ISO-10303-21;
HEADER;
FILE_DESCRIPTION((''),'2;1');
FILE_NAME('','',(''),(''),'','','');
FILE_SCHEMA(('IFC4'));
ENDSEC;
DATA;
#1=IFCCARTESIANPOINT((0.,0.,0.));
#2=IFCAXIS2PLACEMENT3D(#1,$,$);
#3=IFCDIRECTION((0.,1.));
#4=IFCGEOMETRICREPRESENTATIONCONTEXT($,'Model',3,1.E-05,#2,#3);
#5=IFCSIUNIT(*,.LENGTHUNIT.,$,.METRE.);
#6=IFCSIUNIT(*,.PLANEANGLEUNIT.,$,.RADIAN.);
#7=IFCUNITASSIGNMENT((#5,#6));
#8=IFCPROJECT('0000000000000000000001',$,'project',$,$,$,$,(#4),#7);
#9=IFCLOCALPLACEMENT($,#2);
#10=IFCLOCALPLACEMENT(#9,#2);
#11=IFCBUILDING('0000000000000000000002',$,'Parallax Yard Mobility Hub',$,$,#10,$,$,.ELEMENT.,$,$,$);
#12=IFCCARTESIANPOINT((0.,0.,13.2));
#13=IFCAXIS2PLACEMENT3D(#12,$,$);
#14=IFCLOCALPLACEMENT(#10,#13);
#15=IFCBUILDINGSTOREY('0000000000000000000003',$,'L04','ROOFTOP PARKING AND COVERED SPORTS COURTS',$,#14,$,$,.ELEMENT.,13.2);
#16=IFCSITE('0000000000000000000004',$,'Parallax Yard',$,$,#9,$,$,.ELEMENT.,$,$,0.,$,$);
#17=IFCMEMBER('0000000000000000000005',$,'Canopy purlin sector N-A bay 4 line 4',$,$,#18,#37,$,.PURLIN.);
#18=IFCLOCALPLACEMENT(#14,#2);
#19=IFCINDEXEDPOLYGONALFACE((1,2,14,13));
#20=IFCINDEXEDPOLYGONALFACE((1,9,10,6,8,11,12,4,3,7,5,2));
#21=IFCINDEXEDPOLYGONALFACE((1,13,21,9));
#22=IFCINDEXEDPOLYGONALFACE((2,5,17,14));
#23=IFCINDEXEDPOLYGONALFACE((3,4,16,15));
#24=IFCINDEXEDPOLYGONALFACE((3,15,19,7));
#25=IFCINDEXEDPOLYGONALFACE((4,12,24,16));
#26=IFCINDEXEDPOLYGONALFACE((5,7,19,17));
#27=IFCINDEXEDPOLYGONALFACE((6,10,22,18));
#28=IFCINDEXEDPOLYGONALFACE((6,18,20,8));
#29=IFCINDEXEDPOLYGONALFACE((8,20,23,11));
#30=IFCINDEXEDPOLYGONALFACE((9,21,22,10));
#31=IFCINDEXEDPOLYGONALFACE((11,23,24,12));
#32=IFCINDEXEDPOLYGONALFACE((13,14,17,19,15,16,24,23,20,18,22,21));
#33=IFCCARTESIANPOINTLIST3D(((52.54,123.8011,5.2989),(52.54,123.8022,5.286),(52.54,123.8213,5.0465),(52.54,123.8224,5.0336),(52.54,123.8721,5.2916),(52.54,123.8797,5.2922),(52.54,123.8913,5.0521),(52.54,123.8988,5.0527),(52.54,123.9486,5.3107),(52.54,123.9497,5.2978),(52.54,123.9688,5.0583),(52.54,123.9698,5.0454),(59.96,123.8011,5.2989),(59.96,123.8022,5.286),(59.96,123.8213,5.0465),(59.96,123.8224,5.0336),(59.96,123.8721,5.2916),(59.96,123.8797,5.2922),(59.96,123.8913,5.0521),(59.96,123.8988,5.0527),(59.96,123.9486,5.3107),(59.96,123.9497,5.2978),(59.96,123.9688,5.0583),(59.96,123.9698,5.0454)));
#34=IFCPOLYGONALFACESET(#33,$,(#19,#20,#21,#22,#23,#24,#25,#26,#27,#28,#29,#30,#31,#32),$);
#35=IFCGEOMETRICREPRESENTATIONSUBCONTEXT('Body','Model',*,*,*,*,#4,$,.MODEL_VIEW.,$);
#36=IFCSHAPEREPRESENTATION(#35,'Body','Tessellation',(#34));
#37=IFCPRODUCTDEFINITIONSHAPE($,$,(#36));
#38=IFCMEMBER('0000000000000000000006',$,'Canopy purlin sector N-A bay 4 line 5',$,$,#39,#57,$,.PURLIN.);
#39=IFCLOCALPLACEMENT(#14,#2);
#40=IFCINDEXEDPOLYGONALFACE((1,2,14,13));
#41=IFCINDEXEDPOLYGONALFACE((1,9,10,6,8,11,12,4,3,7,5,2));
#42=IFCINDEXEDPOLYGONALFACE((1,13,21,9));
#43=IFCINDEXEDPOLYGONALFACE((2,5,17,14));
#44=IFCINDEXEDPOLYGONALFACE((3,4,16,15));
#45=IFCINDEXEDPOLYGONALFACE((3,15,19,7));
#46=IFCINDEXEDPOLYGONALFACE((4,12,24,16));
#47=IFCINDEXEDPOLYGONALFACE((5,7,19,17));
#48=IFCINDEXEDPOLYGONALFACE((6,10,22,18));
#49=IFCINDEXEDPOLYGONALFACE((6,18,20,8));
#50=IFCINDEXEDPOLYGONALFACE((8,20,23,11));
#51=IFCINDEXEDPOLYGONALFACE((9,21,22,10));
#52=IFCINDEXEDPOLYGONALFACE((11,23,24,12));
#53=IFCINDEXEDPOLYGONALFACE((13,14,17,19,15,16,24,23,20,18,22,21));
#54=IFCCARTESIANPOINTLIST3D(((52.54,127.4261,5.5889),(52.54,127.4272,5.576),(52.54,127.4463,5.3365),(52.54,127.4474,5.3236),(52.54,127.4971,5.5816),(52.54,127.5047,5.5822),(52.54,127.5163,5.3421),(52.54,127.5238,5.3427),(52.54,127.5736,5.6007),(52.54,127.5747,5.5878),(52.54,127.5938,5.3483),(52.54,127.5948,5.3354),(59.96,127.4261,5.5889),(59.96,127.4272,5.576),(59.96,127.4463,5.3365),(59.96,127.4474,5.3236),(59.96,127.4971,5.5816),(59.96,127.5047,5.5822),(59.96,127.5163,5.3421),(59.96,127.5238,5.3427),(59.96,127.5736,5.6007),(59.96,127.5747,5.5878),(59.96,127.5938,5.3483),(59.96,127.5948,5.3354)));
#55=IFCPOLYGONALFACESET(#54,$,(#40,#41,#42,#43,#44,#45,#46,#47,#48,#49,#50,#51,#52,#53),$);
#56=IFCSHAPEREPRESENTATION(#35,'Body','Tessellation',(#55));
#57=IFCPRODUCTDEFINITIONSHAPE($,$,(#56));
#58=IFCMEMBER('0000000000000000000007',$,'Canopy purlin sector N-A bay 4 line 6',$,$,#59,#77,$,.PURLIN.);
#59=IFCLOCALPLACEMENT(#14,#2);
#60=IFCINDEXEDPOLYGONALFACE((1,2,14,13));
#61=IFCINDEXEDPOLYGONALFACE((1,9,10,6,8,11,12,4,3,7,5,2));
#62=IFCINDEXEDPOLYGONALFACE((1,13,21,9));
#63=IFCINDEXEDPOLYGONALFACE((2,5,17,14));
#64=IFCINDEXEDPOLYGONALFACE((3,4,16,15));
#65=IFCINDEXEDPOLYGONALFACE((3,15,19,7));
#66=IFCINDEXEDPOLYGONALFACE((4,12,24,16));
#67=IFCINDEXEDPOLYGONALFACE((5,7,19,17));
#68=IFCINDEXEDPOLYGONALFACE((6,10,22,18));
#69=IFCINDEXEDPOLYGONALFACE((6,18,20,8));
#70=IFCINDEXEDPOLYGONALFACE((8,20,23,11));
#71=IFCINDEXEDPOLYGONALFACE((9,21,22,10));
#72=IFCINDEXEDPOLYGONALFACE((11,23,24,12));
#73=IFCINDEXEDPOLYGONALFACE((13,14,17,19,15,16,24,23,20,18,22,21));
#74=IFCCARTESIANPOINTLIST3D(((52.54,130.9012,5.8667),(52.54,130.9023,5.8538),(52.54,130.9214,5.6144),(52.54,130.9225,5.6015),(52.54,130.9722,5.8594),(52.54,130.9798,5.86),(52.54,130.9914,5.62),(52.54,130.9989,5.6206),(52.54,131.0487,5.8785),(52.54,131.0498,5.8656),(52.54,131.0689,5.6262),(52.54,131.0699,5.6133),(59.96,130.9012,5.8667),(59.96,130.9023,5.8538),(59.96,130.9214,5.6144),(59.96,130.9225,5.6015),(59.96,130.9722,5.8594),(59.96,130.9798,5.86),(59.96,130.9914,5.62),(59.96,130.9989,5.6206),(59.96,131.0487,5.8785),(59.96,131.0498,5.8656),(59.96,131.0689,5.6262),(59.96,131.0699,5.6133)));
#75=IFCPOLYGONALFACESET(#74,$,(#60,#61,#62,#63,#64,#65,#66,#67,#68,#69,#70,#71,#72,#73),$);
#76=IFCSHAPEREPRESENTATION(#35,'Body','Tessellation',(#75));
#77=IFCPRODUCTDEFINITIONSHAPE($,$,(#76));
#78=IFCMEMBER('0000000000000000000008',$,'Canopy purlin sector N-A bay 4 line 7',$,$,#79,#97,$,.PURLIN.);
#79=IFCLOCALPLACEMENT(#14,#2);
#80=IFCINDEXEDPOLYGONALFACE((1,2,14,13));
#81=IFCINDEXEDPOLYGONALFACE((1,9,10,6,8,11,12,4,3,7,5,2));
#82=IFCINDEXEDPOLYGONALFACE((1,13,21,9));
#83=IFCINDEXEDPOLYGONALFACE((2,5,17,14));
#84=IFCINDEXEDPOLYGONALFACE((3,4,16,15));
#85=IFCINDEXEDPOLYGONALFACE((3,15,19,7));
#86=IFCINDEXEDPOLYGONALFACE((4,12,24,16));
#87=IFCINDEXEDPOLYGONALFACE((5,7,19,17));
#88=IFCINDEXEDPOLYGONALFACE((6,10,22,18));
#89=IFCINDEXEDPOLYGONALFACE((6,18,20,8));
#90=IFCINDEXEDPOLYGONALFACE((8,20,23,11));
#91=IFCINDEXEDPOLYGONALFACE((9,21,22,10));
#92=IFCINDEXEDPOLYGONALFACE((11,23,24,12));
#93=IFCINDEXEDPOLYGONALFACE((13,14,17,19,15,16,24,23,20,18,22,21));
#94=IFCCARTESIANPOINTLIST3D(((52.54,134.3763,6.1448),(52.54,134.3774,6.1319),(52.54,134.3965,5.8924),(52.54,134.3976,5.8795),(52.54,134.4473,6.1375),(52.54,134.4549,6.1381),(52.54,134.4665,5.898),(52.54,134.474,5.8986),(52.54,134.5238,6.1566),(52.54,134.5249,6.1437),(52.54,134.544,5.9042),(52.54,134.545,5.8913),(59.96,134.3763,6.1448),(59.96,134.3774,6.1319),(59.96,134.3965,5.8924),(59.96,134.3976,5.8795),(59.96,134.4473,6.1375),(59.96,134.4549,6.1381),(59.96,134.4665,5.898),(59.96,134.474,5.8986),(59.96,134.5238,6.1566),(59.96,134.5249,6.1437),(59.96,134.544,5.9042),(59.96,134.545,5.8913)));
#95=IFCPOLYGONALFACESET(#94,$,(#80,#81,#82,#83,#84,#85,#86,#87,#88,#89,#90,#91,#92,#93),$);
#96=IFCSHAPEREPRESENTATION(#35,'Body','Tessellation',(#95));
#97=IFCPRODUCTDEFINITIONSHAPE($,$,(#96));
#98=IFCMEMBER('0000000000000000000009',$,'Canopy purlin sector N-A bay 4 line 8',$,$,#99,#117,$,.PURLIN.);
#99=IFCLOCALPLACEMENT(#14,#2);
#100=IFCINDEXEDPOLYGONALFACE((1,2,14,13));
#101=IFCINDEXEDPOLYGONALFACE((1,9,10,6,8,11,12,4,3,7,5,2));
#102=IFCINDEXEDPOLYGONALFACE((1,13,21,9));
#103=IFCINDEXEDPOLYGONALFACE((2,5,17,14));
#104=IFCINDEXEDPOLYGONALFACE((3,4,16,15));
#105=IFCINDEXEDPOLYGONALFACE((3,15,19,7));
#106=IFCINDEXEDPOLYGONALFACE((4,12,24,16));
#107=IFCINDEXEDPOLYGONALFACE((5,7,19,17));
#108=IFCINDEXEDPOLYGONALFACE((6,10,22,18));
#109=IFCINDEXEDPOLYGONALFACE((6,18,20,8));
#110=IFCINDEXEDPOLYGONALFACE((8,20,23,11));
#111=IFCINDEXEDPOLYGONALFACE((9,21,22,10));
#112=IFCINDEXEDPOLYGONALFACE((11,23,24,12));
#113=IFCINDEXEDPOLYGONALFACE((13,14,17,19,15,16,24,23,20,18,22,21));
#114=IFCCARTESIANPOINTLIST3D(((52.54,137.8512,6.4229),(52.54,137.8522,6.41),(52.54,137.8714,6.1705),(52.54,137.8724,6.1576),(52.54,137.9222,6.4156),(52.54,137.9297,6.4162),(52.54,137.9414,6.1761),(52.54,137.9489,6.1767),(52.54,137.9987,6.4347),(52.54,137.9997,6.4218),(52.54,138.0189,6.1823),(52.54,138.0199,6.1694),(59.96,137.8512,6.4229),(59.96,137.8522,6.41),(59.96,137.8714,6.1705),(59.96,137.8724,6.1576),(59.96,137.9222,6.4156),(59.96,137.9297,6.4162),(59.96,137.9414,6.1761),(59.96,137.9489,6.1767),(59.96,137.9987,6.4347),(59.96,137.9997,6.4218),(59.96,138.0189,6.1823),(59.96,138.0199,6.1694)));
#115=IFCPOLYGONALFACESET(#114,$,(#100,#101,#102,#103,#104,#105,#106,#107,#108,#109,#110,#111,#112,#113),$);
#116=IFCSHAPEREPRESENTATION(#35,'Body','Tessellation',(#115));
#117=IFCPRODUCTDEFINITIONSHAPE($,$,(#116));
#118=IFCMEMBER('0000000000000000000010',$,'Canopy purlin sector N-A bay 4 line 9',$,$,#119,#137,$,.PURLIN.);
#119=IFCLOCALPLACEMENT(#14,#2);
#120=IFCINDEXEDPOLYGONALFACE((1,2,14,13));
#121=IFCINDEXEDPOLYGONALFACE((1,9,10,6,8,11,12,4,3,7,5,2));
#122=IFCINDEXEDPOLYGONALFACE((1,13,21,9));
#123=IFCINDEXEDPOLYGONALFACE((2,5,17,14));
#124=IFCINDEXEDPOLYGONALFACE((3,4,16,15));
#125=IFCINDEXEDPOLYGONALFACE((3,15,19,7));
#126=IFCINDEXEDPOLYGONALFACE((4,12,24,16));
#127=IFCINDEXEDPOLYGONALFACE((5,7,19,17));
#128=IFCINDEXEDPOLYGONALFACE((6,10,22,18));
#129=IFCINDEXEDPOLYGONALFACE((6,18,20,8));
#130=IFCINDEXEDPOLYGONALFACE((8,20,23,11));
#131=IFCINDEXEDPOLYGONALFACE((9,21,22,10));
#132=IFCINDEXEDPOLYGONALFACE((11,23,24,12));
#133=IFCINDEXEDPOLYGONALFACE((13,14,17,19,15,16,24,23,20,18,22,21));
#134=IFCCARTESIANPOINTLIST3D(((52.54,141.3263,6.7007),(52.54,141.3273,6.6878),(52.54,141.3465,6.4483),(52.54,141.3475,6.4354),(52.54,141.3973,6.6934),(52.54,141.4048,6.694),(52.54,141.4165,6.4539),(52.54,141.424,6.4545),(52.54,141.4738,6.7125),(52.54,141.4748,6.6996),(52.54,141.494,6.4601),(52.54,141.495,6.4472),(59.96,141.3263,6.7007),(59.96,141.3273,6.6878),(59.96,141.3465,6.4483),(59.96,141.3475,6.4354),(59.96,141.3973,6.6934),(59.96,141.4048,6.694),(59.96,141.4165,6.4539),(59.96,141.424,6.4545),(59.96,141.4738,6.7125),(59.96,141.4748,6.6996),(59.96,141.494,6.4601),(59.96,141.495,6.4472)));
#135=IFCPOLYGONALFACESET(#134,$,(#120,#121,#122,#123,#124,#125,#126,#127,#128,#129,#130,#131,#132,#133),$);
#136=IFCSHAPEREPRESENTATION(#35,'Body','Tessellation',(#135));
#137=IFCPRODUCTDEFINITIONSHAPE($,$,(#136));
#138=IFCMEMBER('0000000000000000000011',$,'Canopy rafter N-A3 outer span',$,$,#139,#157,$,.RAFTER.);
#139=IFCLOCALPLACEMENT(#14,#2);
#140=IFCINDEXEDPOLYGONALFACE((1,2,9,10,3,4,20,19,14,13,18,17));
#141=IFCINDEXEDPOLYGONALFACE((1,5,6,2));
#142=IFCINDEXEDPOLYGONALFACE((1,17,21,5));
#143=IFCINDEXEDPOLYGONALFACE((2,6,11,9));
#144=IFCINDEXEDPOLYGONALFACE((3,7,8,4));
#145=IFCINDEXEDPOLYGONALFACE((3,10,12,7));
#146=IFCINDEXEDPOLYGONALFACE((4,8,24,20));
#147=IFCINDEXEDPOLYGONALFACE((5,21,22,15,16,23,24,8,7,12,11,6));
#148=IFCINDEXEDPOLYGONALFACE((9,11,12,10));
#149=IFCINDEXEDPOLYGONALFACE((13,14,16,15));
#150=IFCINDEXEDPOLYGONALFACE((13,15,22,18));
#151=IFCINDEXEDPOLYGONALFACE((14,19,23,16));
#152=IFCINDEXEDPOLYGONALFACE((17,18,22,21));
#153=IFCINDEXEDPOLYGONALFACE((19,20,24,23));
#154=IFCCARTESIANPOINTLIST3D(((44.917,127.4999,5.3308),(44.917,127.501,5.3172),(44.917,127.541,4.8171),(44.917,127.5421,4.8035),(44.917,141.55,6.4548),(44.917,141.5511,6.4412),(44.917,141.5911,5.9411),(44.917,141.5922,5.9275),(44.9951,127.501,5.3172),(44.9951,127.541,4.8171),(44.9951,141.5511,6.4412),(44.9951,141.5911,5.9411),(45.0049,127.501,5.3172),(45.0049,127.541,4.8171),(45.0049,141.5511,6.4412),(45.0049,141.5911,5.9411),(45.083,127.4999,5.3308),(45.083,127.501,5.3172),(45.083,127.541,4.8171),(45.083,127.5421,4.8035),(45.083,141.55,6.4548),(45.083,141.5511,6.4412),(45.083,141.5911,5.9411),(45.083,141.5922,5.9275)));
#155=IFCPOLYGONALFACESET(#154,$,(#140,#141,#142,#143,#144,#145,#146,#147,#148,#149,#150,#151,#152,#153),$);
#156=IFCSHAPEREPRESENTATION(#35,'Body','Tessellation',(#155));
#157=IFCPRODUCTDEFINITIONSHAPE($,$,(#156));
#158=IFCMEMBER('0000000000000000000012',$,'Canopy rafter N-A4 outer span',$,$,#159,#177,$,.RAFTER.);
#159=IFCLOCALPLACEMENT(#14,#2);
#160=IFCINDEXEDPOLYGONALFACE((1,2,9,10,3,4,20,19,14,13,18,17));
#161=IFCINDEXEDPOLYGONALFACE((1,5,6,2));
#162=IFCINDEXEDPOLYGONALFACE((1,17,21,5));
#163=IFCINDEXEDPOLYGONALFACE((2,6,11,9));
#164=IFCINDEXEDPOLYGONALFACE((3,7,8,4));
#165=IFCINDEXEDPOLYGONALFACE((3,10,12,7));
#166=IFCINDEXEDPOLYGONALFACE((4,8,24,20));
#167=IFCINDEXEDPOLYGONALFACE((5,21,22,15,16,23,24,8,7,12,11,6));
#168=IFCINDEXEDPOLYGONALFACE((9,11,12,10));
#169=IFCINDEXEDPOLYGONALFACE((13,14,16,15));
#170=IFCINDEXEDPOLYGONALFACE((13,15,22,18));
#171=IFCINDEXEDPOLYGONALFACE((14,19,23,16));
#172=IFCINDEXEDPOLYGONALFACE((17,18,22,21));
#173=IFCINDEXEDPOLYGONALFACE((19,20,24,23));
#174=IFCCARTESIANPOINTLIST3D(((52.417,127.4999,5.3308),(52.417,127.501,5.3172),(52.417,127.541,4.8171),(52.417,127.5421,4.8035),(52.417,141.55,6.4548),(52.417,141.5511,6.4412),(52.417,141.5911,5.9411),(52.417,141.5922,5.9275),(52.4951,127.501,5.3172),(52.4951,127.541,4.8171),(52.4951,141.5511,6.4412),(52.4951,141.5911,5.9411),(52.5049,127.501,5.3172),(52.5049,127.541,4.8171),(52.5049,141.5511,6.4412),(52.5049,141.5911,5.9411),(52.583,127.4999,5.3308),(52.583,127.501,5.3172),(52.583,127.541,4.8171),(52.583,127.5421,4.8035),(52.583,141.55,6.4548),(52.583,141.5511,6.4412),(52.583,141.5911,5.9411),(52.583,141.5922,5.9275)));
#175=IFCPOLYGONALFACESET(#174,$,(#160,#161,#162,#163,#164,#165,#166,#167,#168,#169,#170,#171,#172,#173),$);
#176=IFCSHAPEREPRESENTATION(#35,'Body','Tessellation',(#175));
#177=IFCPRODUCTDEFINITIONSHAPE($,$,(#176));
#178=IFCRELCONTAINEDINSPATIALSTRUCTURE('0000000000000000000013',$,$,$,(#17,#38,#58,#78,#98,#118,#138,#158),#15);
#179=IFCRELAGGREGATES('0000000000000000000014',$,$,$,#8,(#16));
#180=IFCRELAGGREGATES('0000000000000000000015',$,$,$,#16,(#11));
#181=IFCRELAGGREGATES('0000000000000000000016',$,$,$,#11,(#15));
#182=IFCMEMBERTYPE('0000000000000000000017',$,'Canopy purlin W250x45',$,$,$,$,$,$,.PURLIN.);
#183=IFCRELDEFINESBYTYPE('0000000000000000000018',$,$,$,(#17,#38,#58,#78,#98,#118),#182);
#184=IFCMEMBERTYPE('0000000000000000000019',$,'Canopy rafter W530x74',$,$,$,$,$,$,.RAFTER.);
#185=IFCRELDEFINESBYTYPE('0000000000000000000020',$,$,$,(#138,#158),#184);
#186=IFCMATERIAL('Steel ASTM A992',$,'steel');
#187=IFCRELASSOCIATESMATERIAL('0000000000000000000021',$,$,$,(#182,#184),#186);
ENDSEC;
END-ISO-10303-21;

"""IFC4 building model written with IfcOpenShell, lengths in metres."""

from ifc_helpers import new_model, si_unit, direction, frame, origin, origin_2d, place, context, subcontext, project, spatial, i_section, extrude, material, material_profile, profile_set, type_object, element, save


model = new_model("IFC4")

# Units and contexts
model_context = context("Model", 3, precision=1e-05, world=origin(), true_north=direction((0.0, 1.0)))
body_context = subcontext(model_context, "Body", "Model", "MODEL_VIEW")
ifc_project = project(units=[si_unit("LENGTHUNIT", "METRE"), si_unit("PLANEANGLEUNIT", "RADIAN")], contexts=[model_context])

# Site, building, storey
site_placement = place(None, origin())
site = spatial("IfcSite", under=ifc_project, at=site_placement, Name="Parallax Yard", CompositionType="ELEMENT", RefElevation=0.0)
building_placement = place(site_placement, origin())
building = spatial("IfcBuilding", under=site, at=building_placement, Name="Parallax Yard Mobility Hub", CompositionType="ELEMENT")
storey_placement = place(building_placement, frame((0.0, 0.0, 13.2)))
storey = spatial("IfcBuildingStorey", under=building, at=storey_placement, Name="L04", Description="ROOFTOP PARKING AND COVERED SPORTS COURTS", CompositionType="ELEMENT", Elevation=13.2)

# Members
ifc_material_1 = material(Name="Steel ASTM A992", Category="steel")
ifc_material_profile_1 = material_profile(ifc_material_1, i_section(OverallWidth=0.1479, OverallDepth=0.2661, WebThickness=0.0076, FlangeThickness=0.0129, at=origin_2d()), Name="W250x45")
ifc_profile_set_1 = profile_set([ifc_material_profile_1], Name="Steel ASTM A992")
member_type_1 = type_object("IfcMemberType", Name="Canopy purlin W250x45", PredefinedType="PURLIN", material=ifc_profile_set_1)
for number, where, z_axis, x_axis, name in (
    (1, (52.54, 123.8855, 5.1721), (1.0, 0.0, 0.0), (0.0, 0.996815, 0.079745), "Canopy purlin sector N-A bay 4 line 4"),
    (2, (52.54, 127.5105, 5.4622), (1.0, 0.0, 0.0), (0.0, 0.996815, 0.079745), "Canopy purlin sector N-A bay 4 line 5"),
    (3, (52.54, 130.9856, 5.74), (1.0, 0.0, 0.0), (0.0, 0.996815, 0.079745), "Canopy purlin sector N-A bay 4 line 6"),
    (4, (52.54, 134.4607, 6.0181), (1.0, 0.0, 0.0), (0.0, 0.996815, 0.079745), "Canopy purlin sector N-A bay 4 line 7"),
    (5, (52.54, 137.9355, 6.2961), (1.0, 0.0, 0.0), (0.0, 0.996815, 0.079745), "Canopy purlin sector N-A bay 4 line 8"),
    (6, (52.54, 141.4106, 6.574), (1.0, 0.0, 0.0), (0.0, 0.996815, 0.079745), "Canopy purlin sector N-A bay 4 line 9"),
):
    element("IfcMember", number, at=place(storey_placement, frame(where, z_axis=z_axis, x_axis=x_axis)), inside=storey, type_object=member_type_1, Name=name, PredefinedType="PURLIN", context=body_context, shape_type="SweptSolid", body=[
        extrude(i_section(OverallWidth=0.1479, OverallDepth=0.2661, WebThickness=0.0076, FlangeThickness=0.0129, at=origin_2d()), origin(), (0.0, 0.0, 1.0), 7.4199),
    ])
ifc_material_profile_2 = material_profile(ifc_material_1, i_section(OverallWidth=0.166, OverallDepth=0.5291, WebThickness=0.0098, FlangeThickness=0.0137, at=origin_2d()), Name="W530x74")
ifc_profile_set_2 = profile_set([ifc_material_profile_2], Name="Steel ASTM A992")
member_type_2 = type_object("IfcMemberType", Name="Canopy rafter W530x74", PredefinedType="RAFTER", material=ifc_profile_set_2)
for number, where, z_axis, x_axis, name in (
    (7, (45.0, 127.521, 5.0671), (0.0, 0.996815, 0.079747), (-1.0, 0.0, 0.0), "Canopy rafter N-A3 outer span"),
    (8, (52.5, 127.521, 5.0671), (0.0, 0.996815, 0.079747), (-1.0, 0.0, 0.0), "Canopy rafter N-A4 outer span"),
):
    element("IfcMember", number, at=place(storey_placement, frame(where, z_axis=z_axis, x_axis=x_axis)), inside=storey, type_object=member_type_2, Name=name, PredefinedType="RAFTER", context=body_context, shape_type="SweptSolid", body=[
        extrude(i_section(OverallWidth=0.166, OverallDepth=0.5291, WebThickness=0.0098, FlangeThickness=0.0137, at=origin_2d()), origin(), (0.0, 0.0, 1.0), 14.095),
    ])

save(model, "model.ifc")
